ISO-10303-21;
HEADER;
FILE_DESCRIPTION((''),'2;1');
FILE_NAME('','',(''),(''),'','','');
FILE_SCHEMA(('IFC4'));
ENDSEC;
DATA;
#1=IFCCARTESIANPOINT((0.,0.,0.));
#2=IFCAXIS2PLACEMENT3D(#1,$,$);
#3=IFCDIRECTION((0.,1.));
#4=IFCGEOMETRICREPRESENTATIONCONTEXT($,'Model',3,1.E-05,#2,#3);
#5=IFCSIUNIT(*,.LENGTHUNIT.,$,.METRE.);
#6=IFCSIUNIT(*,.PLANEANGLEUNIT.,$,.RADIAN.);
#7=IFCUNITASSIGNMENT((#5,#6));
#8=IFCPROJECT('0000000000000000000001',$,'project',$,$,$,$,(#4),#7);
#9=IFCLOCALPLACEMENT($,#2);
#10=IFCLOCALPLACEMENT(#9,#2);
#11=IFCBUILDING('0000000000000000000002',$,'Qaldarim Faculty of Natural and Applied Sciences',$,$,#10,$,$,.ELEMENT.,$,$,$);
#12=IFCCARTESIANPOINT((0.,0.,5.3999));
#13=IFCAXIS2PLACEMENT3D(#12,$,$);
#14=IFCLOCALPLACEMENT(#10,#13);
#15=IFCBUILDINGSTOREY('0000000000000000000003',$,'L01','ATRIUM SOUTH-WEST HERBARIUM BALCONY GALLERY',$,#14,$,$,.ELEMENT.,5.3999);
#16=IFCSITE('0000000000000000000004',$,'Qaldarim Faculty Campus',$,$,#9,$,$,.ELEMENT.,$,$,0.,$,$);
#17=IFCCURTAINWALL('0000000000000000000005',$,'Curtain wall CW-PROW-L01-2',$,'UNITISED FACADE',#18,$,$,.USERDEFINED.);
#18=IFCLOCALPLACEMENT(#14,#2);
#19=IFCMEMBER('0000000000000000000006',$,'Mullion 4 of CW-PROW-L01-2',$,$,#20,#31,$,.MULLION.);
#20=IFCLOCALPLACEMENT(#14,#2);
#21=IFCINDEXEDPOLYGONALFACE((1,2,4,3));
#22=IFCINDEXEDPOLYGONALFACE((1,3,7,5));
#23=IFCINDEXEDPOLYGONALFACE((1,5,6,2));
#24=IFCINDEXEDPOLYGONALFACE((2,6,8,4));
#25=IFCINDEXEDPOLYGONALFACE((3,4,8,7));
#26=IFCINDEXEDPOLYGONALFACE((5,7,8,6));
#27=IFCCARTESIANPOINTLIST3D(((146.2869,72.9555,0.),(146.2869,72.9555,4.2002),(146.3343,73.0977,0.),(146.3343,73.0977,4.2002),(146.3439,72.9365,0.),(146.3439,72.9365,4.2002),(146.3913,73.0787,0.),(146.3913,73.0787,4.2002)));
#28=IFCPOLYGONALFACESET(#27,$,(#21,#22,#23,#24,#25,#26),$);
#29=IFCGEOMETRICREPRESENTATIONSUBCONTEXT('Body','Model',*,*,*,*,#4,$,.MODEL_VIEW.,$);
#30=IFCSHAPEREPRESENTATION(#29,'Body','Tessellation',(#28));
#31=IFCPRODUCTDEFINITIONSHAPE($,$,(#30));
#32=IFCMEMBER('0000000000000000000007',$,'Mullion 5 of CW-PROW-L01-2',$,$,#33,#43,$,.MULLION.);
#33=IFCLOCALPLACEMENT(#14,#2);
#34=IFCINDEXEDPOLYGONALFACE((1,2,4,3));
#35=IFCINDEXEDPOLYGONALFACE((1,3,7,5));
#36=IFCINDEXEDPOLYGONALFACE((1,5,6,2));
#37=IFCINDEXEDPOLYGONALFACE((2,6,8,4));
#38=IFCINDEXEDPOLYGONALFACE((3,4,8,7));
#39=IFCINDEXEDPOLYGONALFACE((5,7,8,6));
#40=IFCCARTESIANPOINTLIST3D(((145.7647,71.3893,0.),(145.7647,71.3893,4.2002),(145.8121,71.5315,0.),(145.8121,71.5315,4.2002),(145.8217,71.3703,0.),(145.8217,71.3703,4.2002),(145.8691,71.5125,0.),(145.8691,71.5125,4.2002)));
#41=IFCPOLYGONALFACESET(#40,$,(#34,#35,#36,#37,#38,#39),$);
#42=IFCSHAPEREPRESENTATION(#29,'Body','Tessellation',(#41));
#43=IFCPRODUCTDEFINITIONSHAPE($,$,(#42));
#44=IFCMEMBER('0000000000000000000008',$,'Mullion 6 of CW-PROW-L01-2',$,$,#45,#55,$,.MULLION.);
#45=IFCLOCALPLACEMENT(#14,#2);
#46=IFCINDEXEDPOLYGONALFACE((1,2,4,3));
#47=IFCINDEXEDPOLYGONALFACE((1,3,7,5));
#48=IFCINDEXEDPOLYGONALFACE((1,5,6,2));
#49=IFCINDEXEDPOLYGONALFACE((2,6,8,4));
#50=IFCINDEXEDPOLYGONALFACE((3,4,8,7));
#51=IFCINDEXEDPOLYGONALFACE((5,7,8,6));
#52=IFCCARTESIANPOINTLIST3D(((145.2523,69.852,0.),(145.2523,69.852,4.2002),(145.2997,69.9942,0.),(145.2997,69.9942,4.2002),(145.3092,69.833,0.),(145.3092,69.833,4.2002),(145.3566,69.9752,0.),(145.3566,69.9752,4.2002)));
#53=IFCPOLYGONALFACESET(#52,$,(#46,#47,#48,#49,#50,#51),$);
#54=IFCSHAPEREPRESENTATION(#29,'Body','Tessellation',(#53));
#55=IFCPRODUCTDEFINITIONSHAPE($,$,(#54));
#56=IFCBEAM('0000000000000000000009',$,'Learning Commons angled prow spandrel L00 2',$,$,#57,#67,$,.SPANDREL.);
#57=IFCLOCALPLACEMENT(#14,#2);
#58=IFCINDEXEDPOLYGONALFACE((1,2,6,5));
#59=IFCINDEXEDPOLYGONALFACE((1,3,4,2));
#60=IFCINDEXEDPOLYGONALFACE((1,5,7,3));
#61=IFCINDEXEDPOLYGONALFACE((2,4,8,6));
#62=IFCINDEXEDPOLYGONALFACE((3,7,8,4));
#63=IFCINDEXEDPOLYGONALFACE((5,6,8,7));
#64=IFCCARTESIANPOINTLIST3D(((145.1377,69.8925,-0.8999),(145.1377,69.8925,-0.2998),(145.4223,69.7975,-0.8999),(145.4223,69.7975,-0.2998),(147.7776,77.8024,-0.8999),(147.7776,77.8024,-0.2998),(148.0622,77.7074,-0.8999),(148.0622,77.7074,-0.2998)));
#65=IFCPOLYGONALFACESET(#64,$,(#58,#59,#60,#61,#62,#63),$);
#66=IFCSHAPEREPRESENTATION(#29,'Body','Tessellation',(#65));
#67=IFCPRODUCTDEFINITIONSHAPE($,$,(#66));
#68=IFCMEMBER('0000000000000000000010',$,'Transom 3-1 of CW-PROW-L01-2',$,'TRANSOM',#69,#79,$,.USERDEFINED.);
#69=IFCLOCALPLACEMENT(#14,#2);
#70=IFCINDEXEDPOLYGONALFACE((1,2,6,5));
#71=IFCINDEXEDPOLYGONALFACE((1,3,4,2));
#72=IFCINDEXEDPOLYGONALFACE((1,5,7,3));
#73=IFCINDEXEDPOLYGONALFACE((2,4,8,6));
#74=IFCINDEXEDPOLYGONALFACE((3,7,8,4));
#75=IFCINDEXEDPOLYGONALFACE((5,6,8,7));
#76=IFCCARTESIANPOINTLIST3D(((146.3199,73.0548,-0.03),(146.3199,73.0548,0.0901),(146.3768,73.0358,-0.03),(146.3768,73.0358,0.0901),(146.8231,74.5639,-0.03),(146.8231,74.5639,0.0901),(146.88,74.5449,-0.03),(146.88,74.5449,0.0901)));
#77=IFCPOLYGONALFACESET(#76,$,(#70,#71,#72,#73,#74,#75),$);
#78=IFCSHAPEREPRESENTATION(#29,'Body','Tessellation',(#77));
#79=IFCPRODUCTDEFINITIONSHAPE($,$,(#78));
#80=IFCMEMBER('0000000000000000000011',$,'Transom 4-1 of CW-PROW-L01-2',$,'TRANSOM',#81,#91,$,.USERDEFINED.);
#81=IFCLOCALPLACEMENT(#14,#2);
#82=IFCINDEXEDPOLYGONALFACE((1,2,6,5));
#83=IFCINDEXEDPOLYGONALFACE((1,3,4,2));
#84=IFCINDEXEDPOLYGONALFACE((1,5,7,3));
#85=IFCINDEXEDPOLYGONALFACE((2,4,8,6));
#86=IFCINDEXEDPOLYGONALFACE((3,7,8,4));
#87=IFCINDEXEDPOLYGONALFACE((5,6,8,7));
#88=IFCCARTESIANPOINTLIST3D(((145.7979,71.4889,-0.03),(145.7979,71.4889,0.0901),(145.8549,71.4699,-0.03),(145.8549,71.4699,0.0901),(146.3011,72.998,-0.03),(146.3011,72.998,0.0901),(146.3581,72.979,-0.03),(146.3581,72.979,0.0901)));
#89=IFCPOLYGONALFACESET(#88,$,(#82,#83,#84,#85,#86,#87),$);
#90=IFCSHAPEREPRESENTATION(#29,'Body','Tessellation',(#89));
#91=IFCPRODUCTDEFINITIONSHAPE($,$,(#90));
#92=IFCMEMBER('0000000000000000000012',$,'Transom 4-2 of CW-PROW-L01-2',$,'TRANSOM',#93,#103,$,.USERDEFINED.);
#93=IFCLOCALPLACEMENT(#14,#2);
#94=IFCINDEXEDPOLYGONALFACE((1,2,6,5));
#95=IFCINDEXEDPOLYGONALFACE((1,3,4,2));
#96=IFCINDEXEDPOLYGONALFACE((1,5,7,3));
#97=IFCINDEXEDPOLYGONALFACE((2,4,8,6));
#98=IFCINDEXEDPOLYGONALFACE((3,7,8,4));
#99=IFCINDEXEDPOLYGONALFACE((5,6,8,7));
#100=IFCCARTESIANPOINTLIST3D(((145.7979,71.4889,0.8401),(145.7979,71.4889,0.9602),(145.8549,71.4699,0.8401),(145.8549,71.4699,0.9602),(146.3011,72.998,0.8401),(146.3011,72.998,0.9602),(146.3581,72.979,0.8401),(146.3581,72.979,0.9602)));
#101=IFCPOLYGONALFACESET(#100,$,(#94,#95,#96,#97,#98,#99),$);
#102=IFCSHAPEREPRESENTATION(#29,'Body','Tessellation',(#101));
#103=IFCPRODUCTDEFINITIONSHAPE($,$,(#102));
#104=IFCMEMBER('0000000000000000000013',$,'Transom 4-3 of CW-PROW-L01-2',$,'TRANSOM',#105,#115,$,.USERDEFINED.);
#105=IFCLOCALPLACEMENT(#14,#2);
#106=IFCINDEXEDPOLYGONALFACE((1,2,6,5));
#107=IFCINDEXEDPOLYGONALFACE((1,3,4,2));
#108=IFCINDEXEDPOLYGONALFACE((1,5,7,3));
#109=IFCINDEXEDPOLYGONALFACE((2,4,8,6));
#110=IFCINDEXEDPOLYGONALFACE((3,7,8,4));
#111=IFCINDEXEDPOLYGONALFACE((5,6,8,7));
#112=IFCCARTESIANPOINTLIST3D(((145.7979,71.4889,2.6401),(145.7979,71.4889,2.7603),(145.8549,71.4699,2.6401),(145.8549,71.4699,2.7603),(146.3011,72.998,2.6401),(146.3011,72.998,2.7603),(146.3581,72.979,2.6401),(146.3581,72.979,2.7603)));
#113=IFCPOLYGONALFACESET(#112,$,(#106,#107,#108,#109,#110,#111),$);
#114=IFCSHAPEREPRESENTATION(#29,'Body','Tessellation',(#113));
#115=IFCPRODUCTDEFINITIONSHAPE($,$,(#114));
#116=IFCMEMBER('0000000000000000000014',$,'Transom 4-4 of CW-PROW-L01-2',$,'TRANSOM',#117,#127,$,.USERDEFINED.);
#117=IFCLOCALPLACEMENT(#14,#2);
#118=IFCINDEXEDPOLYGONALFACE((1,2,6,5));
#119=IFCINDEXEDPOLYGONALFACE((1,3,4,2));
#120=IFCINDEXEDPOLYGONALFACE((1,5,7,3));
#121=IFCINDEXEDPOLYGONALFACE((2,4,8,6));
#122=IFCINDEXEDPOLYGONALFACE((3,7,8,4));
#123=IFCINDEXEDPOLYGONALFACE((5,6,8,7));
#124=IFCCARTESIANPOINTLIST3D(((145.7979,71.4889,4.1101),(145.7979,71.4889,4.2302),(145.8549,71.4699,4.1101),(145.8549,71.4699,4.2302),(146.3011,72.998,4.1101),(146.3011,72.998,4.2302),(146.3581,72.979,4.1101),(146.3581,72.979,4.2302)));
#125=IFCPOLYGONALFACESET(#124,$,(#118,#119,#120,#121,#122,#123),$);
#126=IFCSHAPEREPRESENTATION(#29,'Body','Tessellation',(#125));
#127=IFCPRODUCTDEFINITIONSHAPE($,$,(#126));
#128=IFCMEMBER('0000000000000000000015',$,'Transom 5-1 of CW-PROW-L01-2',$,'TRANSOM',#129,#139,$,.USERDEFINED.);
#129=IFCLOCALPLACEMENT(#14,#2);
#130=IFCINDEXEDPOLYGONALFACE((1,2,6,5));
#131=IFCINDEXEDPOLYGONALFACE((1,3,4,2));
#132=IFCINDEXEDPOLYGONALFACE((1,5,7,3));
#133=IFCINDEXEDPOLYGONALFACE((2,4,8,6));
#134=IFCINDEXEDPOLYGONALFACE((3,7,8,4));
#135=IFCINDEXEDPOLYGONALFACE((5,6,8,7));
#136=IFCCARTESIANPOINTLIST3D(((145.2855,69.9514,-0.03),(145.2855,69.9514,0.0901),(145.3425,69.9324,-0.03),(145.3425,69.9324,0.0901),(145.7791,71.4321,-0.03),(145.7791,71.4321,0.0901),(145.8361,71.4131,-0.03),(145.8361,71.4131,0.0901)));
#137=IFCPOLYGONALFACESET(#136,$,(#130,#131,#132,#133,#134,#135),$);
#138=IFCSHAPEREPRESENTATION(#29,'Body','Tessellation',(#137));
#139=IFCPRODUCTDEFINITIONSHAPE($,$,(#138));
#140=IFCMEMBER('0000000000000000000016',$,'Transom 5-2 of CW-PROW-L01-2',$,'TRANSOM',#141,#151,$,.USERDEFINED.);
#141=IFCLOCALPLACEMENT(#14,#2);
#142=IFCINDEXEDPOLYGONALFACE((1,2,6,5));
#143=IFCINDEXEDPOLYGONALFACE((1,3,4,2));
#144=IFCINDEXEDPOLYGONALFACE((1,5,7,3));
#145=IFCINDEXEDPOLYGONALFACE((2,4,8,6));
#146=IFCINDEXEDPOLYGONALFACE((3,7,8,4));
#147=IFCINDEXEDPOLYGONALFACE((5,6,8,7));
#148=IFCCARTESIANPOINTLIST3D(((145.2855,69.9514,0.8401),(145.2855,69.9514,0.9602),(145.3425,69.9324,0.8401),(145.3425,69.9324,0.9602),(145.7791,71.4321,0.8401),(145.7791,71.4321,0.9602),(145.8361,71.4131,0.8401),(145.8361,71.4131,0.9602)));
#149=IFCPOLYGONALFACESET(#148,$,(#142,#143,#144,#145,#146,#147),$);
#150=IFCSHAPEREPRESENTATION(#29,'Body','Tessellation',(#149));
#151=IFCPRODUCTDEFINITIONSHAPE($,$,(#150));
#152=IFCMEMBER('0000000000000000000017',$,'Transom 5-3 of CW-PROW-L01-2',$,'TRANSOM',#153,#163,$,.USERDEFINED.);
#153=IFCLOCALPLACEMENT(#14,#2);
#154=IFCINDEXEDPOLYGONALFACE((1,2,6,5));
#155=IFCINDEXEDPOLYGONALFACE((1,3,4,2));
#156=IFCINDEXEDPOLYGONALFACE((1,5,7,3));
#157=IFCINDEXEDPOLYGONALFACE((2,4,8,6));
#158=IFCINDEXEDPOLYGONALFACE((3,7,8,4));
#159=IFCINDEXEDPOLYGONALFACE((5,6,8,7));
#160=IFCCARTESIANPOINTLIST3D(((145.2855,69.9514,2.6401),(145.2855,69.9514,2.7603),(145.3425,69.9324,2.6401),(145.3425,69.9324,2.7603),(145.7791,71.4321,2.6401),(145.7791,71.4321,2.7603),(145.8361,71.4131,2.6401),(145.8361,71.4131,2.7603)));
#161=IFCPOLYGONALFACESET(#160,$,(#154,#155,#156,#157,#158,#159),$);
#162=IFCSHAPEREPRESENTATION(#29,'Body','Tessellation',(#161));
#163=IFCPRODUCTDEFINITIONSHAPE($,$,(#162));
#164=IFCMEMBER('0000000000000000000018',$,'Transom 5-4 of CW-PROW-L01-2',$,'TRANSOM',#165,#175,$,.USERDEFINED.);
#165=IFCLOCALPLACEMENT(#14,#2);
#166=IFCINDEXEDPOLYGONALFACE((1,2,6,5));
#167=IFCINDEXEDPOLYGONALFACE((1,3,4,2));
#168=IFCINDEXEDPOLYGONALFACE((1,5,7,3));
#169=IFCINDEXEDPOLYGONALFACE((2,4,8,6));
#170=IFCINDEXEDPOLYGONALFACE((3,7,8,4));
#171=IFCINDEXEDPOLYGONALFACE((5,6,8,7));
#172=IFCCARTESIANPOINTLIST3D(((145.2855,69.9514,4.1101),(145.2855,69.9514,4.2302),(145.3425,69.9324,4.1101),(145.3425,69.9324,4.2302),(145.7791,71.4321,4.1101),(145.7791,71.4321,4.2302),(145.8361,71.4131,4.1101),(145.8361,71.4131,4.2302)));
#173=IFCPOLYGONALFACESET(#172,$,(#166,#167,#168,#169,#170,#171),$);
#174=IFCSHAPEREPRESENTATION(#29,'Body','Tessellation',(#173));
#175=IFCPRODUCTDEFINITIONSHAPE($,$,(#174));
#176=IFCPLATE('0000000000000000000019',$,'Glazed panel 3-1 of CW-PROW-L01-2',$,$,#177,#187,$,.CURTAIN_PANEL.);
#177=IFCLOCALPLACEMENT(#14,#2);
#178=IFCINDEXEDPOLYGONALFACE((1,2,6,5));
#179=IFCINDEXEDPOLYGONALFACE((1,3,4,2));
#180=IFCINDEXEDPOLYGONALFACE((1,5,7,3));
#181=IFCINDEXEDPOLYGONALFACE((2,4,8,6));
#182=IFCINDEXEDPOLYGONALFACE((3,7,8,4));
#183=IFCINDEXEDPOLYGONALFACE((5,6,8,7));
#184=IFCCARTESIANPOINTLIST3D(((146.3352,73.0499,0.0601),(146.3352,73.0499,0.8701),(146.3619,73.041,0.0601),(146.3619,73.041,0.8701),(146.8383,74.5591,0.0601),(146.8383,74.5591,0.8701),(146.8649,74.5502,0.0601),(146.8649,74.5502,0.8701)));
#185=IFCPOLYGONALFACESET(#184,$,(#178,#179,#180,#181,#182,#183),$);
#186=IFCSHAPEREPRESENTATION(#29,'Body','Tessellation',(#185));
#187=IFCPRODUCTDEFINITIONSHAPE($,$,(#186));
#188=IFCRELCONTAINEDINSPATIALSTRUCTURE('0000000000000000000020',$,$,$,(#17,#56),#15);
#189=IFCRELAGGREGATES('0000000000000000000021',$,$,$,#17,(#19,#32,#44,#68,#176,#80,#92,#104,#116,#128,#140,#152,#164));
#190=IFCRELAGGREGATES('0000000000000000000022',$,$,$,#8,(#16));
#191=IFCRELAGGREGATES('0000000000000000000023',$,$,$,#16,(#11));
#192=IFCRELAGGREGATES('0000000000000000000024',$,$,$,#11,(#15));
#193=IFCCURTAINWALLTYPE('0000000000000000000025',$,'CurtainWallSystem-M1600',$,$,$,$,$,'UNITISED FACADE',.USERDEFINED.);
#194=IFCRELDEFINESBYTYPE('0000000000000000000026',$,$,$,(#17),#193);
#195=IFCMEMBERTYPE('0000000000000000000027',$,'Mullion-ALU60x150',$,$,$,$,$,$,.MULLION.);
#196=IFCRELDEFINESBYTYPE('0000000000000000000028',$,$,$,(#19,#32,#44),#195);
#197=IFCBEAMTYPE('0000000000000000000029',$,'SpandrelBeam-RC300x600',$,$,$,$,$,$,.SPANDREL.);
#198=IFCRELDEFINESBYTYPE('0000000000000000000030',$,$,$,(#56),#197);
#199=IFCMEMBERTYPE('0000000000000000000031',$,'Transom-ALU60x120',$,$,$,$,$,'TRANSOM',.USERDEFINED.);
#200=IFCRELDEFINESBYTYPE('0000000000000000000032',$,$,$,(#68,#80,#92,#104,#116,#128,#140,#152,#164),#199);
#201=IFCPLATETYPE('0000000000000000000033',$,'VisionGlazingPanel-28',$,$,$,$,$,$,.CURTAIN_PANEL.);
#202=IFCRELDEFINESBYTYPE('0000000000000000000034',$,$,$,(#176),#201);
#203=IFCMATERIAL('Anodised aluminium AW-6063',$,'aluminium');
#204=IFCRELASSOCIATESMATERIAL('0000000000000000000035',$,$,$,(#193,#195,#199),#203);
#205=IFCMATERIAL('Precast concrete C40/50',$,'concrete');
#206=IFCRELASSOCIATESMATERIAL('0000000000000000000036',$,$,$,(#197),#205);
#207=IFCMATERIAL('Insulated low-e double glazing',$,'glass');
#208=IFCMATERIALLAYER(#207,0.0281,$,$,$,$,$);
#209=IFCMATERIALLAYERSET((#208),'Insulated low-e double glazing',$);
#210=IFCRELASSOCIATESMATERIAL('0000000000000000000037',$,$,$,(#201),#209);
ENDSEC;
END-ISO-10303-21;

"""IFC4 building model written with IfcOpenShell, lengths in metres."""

from ifc_helpers import new_model, si_unit, direction, frame, origin, origin_2d, place, context, subcontext, project, spatial, rectangle, extrude, material, layer, layer_set, material_profile, profile_set, type_object, element, aggregate, save


model = new_model("IFC4")

# Units and contexts
model_context = context("Model", 3, precision=1e-05, world=origin(), true_north=direction((0.0, 1.0)))
body_context = subcontext(model_context, "Body", "Model", "MODEL_VIEW")
ifc_project = project(units=[si_unit("LENGTHUNIT", "METRE"), si_unit("PLANEANGLEUNIT", "RADIAN")], contexts=[model_context])

# Site, building, storey
site_placement = place(None, origin())
site = spatial("IfcSite", under=ifc_project, at=site_placement, Name="Qaldarim Faculty Campus", CompositionType="ELEMENT", RefElevation=0.0)
building_placement = place(site_placement, origin())
building = spatial("IfcBuilding", under=site, at=building_placement, Name="Qaldarim Faculty of Natural and Applied Sciences", CompositionType="ELEMENT")
storey_placement = place(building_placement, frame((0.0, 0.0, 5.3999)))
storey = spatial("IfcBuildingStorey", under=building, at=storey_placement, Name="L01", Description="ATRIUM SOUTH-WEST HERBARIUM BALCONY GALLERY", CompositionType="ELEMENT", Elevation=5.3999)

# Curtain wall, members
ifc_material_1 = material(Name="Anodised aluminium AW-6063", Category="aluminium")
curtain_wall_type = type_object("IfcCurtainWallType", Name="CurtainWallSystem-M1600", ElementType="UNITISED FACADE", PredefinedType="USERDEFINED", material=ifc_material_1)
curtain_wall_placement = place(storey_placement, origin())
curtain_wall = element("IfcCurtainWall", 1, at=curtain_wall_placement, inside=storey, type_object=curtain_wall_type, Name="Curtain wall CW-PROW-L01-2", ObjectType="UNITISED FACADE", PredefinedType="USERDEFINED")
ifc_material_profile_1 = material_profile(ifc_material_1, rectangle(XDim=0.0601, YDim=0.1499, at=origin_2d()), Name="ALU-M60x150")
ifc_profile_set_1 = profile_set([ifc_material_profile_1], Name="Anodised aluminium AW-6063")
member_type_1 = type_object("IfcMemberType", Name="Mullion-ALU60x150", PredefinedType="MULLION", material=ifc_profile_set_1)
member_1_placement = place(storey_placement, frame((146.3391, 73.0171, 0.0), z_axis=(0.0, 0.0, 1.0), x_axis=(0.948683, -0.316229, 0.0)))
member_1 = element("IfcMember", 2, at=member_1_placement, type_object=member_type_1, Name="Mullion 4 of CW-PROW-L01-2", PredefinedType="MULLION", context=body_context, shape_type="SweptSolid", body=[
    extrude(rectangle(XDim=0.0601, YDim=0.1499, at=origin_2d()), origin(), (0.0, 0.0, 1.0), 4.2002),
])
member_2_placement = place(storey_placement, frame((145.8169, 71.4509, 0.0), z_axis=(0.0, 0.0, 1.0), x_axis=(0.948683, -0.316229, 0.0)))
member_2 = element("IfcMember", 3, at=member_2_placement, type_object=member_type_1, Name="Mullion 5 of CW-PROW-L01-2", PredefinedType="MULLION", context=body_context, shape_type="SweptSolid", body=[
    extrude(rectangle(XDim=0.0601, YDim=0.1499, at=origin_2d()), origin(), (0.0, 0.0, 1.0), 4.2002),
])
member_3_placement = place(storey_placement, frame((145.3044, 69.9136, 0.0), z_axis=(0.0, 0.0, 1.0), x_axis=(0.948683, -0.316229, 0.0)))
member_3 = element("IfcMember", 4, at=member_3_placement, type_object=member_type_1, Name="Mullion 6 of CW-PROW-L01-2", PredefinedType="MULLION", context=body_context, shape_type="SweptSolid", body=[
    extrude(rectangle(XDim=0.0601, YDim=0.1499, at=origin_2d()), origin(), (0.0, 0.0, 1.0), 4.2002),
])

# Beam
ifc_material_2 = material(Name="Precast concrete C40/50", Category="concrete")
ifc_material_profile_2 = material_profile(ifc_material_2, rectangle(XDim=0.3, YDim=0.6001, at=origin_2d()), Name="RC-SP300x600")
ifc_profile_set_2 = profile_set([ifc_material_profile_2], Name="Precast concrete C40/50")
beam_type = type_object("IfcBeamType", Name="SpandrelBeam-RC300x600", PredefinedType="SPANDREL", material=ifc_profile_set_2)
beam_placement = place(storey_placement, frame((145.28, 69.845, -0.5999), z_axis=(0.316579, 0.948566, 0.0), x_axis=(-0.948566, 0.316579, 0.0)))
element("IfcBeam", 5, at=beam_placement, inside=storey, type_object=beam_type, Name="Learning Commons angled prow spandrel L00 2", PredefinedType="SPANDREL", context=body_context, shape_type="SweptSolid", body=[
    extrude(rectangle(XDim=0.3, YDim=0.6001, at=origin_2d()), origin(), (0.0, 0.0, 1.0), 8.3389),
])

# Members
ifc_material_profile_3 = material_profile(ifc_material_1, rectangle(XDim=0.0601, YDim=0.1201, at=origin_2d()), Name="ALU-T60x120")
ifc_profile_set_3 = profile_set([ifc_material_profile_3], Name="Anodised aluminium AW-6063")
member_type_2 = type_object("IfcMemberType", Name="Transom-ALU60x120", ElementType="TRANSOM", PredefinedType="USERDEFINED", material=ifc_profile_set_3)
member_4_placement = place(storey_placement, frame((146.8516, 74.5544, 0.03), z_axis=(-0.31632, -0.948653, 0.0), x_axis=(0.948653, -0.31632, 0.0)))
member_4 = element("IfcMember", 6, at=member_4_placement, type_object=member_type_2, Name="Transom 3-1 of CW-PROW-L01-2", ObjectType="TRANSOM", PredefinedType="USERDEFINED", context=body_context, shape_type="SweptSolid", body=[
    extrude(rectangle(XDim=0.0601, YDim=0.1201, at=origin_2d()), origin(), (0.0, 0.0, 1.0), 1.5908),
])
member_5_placement = place(storey_placement, frame((146.3296, 72.9885, 0.03), z_axis=(-0.31632, -0.948653, 0.0), x_axis=(0.948653, -0.31632, 0.0)))
member_5 = element("IfcMember", 7, at=member_5_placement, type_object=member_type_2, Name="Transom 4-1 of CW-PROW-L01-2", ObjectType="TRANSOM", PredefinedType="USERDEFINED", context=body_context, shape_type="SweptSolid", body=[
    extrude(rectangle(XDim=0.0601, YDim=0.1201, at=origin_2d()), origin(), (0.0, 0.0, 1.0), 1.5908),
])
member_6_placement = place(storey_placement, frame((146.3296, 72.9885, 0.9001), z_axis=(-0.31632, -0.948653, 0.0), x_axis=(0.948653, -0.31632, 0.0)))
member_6 = element("IfcMember", 8, at=member_6_placement, type_object=member_type_2, Name="Transom 4-2 of CW-PROW-L01-2", ObjectType="TRANSOM", PredefinedType="USERDEFINED", context=body_context, shape_type="SweptSolid", body=[
    extrude(rectangle(XDim=0.0601, YDim=0.1201, at=origin_2d()), origin(), (0.0, 0.0, 1.0), 1.5908),
])
member_7_placement = place(storey_placement, frame((146.3296, 72.9885, 2.7002), z_axis=(-0.31632, -0.948653, 0.0), x_axis=(0.948653, -0.31632, 0.0)))
member_7 = element("IfcMember", 9, at=member_7_placement, type_object=member_type_2, Name="Transom 4-3 of CW-PROW-L01-2", ObjectType="TRANSOM", PredefinedType="USERDEFINED", context=body_context, shape_type="SweptSolid", body=[
    extrude(rectangle(XDim=0.0601, YDim=0.1201, at=origin_2d()), origin(), (0.0, 0.0, 1.0), 1.5908),
])
member_8_placement = place(storey_placement, frame((146.3296, 72.9885, 4.1702), z_axis=(-0.31632, -0.948653, 0.0), x_axis=(0.948653, -0.31632, 0.0)))
member_8 = element("IfcMember", 10, at=member_8_placement, type_object=member_type_2, Name="Transom 4-4 of CW-PROW-L01-2", ObjectType="TRANSOM", PredefinedType="USERDEFINED", context=body_context, shape_type="SweptSolid", body=[
    extrude(rectangle(XDim=0.0601, YDim=0.1201, at=origin_2d()), origin(), (0.0, 0.0, 1.0), 1.5908),
])
member_9_placement = place(storey_placement, frame((145.8076, 71.4226, 0.03), z_axis=(-0.316275, -0.948668, 0.0), x_axis=(0.948668, -0.316275, 0.0)))
member_9 = element("IfcMember", 11, at=member_9_placement, type_object=member_type_2, Name="Transom 5-1 of CW-PROW-L01-2", ObjectType="TRANSOM", PredefinedType="USERDEFINED", context=body_context, shape_type="SweptSolid", body=[
    extrude(rectangle(XDim=0.0601, YDim=0.1201, at=origin_2d()), origin(), (0.0, 0.0, 1.0), 1.5608),
])
member_10_placement = place(storey_placement, frame((145.8076, 71.4226, 0.9001), z_axis=(-0.316275, -0.948668, 0.0), x_axis=(0.948668, -0.316275, 0.0)))
member_10 = element("IfcMember", 12, at=member_10_placement, type_object=member_type_2, Name="Transom 5-2 of CW-PROW-L01-2", ObjectType="TRANSOM", PredefinedType="USERDEFINED", context=body_context, shape_type="SweptSolid", body=[
    extrude(rectangle(XDim=0.0601, YDim=0.1201, at=origin_2d()), origin(), (0.0, 0.0, 1.0), 1.5608),
])
member_11_placement = place(storey_placement, frame((145.8076, 71.4226, 2.7002), z_axis=(-0.316275, -0.948668, 0.0), x_axis=(0.948668, -0.316275, 0.0)))
member_11 = element("IfcMember", 13, at=member_11_placement, type_object=member_type_2, Name="Transom 5-3 of CW-PROW-L01-2", ObjectType="TRANSOM", PredefinedType="USERDEFINED", context=body_context, shape_type="SweptSolid", body=[
    extrude(rectangle(XDim=0.0601, YDim=0.1201, at=origin_2d()), origin(), (0.0, 0.0, 1.0), 1.5608),
])
member_12_placement = place(storey_placement, frame((145.8076, 71.4226, 4.1702), z_axis=(-0.316275, -0.948668, 0.0), x_axis=(0.948668, -0.316275, 0.0)))
member_12 = element("IfcMember", 14, at=member_12_placement, type_object=member_type_2, Name="Transom 5-4 of CW-PROW-L01-2", ObjectType="TRANSOM", PredefinedType="USERDEFINED", context=body_context, shape_type="SweptSolid", body=[
    extrude(rectangle(XDim=0.0601, YDim=0.1201, at=origin_2d()), origin(), (0.0, 0.0, 1.0), 1.5608),
])

# Plate
ifc_material_3 = material(Name="Insulated low-e double glazing", Category="glass")
ifc_layer = layer(ifc_material_3, 0.0281)
ifc_layer_set = layer_set([ifc_layer], Name="Insulated low-e double glazing")
plate_type = type_object("IfcPlateType", Name="VisionGlazingPanel-28", PredefinedType="CURTAIN_PANEL", material=ifc_layer_set)
plate_1_placement = place(storey_placement, frame((146.6001, 73.8, 0.0601), z_axis=(0.0, 0.0, 1.0), x_axis=(-0.316229, -0.948683, 0.0)))
plate_1 = element("IfcPlate", 15, at=plate_1_placement, type_object=plate_type, Name="Glazed panel 3-1 of CW-PROW-L01-2", PredefinedType="CURTAIN_PANEL", context=body_context, shape_type="SweptSolid", body=[
    extrude(rectangle(XDim=1.5908, YDim=0.0281, at=origin_2d()), origin(), (0.0, 0.0, 1.0), 0.8101),
])
aggregate(curtain_wall, [member_1, member_2, member_3, member_4, plate_1, member_5, member_6, member_7, member_8, member_9, member_10, member_11, member_12])

save(model, "model.ifc")
